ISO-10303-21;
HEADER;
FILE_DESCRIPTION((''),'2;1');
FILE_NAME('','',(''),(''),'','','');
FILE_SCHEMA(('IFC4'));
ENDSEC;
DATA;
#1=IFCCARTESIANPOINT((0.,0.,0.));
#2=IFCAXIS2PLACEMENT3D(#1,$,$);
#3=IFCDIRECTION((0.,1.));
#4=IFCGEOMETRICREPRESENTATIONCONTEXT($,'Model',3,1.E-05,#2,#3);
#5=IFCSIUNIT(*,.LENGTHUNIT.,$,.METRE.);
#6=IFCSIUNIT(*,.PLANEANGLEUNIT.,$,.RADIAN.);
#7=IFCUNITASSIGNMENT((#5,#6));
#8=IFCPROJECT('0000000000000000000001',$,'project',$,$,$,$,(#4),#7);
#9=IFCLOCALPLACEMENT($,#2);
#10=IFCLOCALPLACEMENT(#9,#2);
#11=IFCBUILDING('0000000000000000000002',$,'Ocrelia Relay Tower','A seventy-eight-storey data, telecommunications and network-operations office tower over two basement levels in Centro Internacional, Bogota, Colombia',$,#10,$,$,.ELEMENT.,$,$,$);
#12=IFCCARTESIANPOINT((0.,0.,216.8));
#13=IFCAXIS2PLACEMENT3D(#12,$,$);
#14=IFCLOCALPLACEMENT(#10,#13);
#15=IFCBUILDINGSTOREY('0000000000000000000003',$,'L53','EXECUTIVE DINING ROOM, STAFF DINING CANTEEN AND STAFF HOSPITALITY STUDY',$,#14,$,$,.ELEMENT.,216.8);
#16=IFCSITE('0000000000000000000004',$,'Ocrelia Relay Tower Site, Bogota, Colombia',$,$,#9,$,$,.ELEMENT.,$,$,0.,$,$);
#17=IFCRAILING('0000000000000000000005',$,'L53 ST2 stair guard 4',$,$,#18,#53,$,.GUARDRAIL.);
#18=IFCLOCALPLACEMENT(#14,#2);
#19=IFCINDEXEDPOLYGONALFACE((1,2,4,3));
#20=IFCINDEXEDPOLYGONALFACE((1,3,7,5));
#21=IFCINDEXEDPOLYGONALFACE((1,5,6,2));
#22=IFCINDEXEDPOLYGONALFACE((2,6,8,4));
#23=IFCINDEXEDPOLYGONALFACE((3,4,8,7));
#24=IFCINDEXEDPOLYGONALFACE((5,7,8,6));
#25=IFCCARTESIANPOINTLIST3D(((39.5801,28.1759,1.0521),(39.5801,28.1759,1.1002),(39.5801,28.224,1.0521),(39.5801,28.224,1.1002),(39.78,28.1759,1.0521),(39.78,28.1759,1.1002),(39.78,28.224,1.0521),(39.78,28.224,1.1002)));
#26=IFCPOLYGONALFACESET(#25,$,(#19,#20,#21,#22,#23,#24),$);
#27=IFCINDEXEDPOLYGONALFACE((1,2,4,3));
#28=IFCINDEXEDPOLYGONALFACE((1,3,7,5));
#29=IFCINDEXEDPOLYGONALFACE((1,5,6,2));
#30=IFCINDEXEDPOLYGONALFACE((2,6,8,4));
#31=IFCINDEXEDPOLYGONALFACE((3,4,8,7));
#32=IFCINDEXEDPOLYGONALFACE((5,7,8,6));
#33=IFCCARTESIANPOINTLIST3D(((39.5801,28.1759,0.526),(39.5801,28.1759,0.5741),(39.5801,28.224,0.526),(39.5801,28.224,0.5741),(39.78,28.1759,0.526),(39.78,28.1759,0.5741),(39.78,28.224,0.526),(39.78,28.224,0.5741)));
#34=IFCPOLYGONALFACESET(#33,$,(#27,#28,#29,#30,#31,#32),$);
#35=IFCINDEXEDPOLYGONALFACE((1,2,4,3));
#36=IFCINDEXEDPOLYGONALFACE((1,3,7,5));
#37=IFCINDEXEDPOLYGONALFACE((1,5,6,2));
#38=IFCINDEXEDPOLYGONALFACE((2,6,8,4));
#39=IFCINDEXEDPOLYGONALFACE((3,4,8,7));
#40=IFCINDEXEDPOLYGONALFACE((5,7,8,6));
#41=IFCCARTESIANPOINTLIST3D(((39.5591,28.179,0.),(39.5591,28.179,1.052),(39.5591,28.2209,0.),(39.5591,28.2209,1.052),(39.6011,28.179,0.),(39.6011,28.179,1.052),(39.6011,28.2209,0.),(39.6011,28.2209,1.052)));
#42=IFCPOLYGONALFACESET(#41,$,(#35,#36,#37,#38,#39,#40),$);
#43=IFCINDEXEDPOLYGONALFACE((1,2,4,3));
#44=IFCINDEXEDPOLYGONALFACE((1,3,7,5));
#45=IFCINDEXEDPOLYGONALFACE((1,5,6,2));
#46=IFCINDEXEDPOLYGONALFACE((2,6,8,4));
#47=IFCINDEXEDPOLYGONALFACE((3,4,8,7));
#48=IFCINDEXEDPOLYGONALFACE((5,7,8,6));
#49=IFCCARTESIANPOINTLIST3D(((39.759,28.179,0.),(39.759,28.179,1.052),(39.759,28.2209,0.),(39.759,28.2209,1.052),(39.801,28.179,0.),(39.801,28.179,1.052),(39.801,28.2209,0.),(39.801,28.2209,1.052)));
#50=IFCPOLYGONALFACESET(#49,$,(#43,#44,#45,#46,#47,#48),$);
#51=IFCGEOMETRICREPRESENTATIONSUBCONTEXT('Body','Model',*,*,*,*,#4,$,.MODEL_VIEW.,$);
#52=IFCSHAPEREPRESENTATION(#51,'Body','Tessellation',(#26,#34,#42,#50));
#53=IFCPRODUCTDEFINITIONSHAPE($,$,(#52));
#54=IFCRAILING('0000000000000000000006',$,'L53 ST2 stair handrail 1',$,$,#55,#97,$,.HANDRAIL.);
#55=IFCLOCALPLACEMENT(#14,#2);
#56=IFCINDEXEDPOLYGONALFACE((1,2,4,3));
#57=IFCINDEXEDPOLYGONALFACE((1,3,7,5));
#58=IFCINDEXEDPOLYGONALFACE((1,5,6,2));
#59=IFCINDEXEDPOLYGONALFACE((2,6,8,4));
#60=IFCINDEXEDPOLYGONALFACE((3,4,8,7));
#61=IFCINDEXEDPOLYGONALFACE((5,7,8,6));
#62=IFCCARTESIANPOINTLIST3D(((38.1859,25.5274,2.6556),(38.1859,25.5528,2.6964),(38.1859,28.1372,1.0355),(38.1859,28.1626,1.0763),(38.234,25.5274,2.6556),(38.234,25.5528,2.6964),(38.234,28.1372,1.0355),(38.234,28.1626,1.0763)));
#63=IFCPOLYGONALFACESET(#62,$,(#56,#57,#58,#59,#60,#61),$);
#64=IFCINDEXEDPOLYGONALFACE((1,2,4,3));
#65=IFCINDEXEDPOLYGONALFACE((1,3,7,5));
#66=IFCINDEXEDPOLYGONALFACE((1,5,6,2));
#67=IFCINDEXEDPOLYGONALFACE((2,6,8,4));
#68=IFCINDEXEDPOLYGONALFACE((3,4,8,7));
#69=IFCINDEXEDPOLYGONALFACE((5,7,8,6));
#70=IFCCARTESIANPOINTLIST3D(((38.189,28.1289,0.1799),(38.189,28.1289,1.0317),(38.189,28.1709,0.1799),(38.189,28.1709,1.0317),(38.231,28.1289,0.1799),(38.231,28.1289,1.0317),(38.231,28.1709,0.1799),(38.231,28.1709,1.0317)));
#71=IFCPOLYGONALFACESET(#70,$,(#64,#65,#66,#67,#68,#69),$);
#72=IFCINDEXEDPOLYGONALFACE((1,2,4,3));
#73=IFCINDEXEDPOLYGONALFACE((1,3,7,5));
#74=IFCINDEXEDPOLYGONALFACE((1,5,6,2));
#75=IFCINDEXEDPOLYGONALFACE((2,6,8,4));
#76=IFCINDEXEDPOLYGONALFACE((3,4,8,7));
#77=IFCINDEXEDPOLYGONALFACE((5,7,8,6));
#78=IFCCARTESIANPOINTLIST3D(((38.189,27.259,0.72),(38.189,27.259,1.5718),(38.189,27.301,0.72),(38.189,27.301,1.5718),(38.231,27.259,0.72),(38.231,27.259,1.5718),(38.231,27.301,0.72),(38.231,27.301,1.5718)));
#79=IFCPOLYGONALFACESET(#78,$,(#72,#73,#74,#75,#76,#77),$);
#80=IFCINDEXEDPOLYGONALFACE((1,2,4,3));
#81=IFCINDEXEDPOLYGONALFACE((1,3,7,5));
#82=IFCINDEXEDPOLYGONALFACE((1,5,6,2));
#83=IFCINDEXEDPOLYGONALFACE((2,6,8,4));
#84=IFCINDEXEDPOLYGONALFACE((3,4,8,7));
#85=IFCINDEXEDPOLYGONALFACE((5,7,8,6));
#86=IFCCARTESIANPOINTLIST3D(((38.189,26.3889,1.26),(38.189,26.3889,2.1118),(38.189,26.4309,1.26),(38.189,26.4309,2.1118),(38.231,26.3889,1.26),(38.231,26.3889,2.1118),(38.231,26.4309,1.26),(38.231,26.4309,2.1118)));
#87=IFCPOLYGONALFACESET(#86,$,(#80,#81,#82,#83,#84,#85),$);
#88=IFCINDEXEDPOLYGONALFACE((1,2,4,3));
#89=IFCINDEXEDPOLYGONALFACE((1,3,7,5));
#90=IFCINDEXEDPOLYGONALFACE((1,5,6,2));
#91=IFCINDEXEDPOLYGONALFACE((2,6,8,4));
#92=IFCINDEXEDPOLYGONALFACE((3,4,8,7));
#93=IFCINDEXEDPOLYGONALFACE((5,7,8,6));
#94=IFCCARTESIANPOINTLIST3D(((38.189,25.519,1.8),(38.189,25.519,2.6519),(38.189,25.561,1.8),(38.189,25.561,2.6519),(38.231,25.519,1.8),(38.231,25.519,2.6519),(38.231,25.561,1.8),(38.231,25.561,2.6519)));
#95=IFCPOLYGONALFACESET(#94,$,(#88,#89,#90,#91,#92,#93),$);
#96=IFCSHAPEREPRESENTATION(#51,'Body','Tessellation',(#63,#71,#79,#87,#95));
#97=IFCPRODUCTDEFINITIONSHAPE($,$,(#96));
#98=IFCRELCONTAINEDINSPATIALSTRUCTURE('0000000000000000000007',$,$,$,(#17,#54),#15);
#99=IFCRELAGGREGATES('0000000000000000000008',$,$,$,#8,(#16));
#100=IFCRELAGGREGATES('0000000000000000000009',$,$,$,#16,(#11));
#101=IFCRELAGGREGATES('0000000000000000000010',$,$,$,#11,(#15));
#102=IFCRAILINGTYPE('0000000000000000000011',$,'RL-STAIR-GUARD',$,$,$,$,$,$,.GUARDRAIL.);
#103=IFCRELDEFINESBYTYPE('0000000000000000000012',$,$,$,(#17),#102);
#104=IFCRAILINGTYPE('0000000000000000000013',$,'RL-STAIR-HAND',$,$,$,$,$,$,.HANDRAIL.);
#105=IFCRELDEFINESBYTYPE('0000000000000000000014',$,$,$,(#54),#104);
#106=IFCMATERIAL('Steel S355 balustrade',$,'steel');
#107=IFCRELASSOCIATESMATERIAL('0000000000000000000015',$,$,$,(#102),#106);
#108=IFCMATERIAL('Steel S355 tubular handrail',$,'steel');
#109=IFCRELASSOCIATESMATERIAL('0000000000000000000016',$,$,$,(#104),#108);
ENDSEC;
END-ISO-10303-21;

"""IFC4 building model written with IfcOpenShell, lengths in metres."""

from ifc_helpers import new_model, si_unit, direction, frame, origin, origin_2d, place, context, subcontext, project, spatial, rectangle, extrude, material, type_object, element, save


model = new_model("IFC4")

# Units and contexts
model_context = context("Model", 3, precision=1e-05, world=origin(), true_north=direction((0.0, 1.0)))
body_context = subcontext(model_context, "Body", "Model", "MODEL_VIEW")
ifc_project = project(units=[si_unit("LENGTHUNIT", "METRE"), si_unit("PLANEANGLEUNIT", "RADIAN")], contexts=[model_context])

# Site, building, storey
site_placement = place(None, origin())
site = spatial("IfcSite", under=ifc_project, at=site_placement, Name="Ocrelia Relay Tower Site, Bogota, Colombia", CompositionType="ELEMENT", RefElevation=0.0)
building_placement = place(site_placement, origin())
building = spatial("IfcBuilding", under=site, at=building_placement, Name="Ocrelia Relay Tower", Description="A seventy-eight-storey data, telecommunications and network-operations office tower over two basement levels in Centro Internacional, Bogota, Colombia", CompositionType="ELEMENT")
storey_placement = place(building_placement, frame((0.0, 0.0, 216.8)))
storey = spatial("IfcBuildingStorey", under=building, at=storey_placement, Name="L53", Description="EXECUTIVE DINING ROOM, STAFF DINING CANTEEN AND STAFF HOSPITALITY STUDY", CompositionType="ELEMENT", Elevation=216.8)

# Railings
ifc_material_1 = material(Name="Steel S355 balustrade", Category="steel")
railing_type_1 = type_object("IfcRailingType", Name="RL-STAIR-GUARD", PredefinedType="GUARDRAIL", material=ifc_material_1)
railing_1_placement = place(storey_placement, frame((39.5801, 28.2, 0.0)))
element("IfcRailing", 1, at=railing_1_placement, inside=storey, type_object=railing_type_1, Name="L53 ST2 stair guard 4", PredefinedType="GUARDRAIL", context=body_context, shape_type="SweptSolid", body=[
    extrude(rectangle(XDim=0.0481, YDim=0.0481, at=origin_2d()), frame((0.0, 0.0, 1.0762), z_axis=(1.0, 0.0, 0.0), x_axis=(0.0, 1.0, 0.0)), (0.0, 0.0, 1.0), 0.2),
    extrude(rectangle(XDim=0.0481, YDim=0.0481, at=origin_2d()), frame((0.0, 0.0, 0.55), z_axis=(1.0, 0.0, 0.0), x_axis=(0.0, 1.0, 0.0)), (0.0, 0.0, 1.0), 0.2),
    extrude(rectangle(XDim=0.042, YDim=0.042, at=origin_2d()), origin(), (0.0, 0.0, 1.0), 1.052),
    extrude(rectangle(XDim=0.042, YDim=0.042, at=origin_2d()), frame((0.2, 0.0, 0.0)), (0.0, 0.0, 1.0), 1.052),
])
ifc_material_2 = material(Name="Steel S355 tubular handrail", Category="steel")
railing_type_2 = type_object("IfcRailingType", Name="RL-STAIR-HAND", PredefinedType="HANDRAIL", material=ifc_material_2)
railing_2_placement = place(storey_placement, frame((38.21, 28.1499, 0.1799)))
element("IfcRailing", 2, at=railing_2_placement, inside=storey, type_object=railing_type_2, Name="L53 ST2 stair handrail 1", PredefinedType="HANDRAIL", context=body_context, shape_type="SweptSolid", body=[
    extrude(rectangle(XDim=0.0481, YDim=0.0481, at=origin_2d()), frame((0.0, 0.0, 0.876), z_axis=(0.0, -0.849611, 0.52741), x_axis=(1.0, 0.0, 0.0)), (0.0, 0.0, 1.0), 3.0718),
    extrude(rectangle(XDim=0.042, YDim=0.042, at=origin_2d()), origin(), (0.0, 0.0, 1.0), 0.8518),
    extrude(rectangle(XDim=0.042, YDim=0.042, at=origin_2d()), frame((0.0, -0.8699, 0.54)), (0.0, 0.0, 1.0), 0.8518),
    extrude(rectangle(XDim=0.042, YDim=0.042, at=origin_2d()), frame((0.0, -1.74, 1.0801)), (0.0, 0.0, 1.0), 0.8518),
    extrude(rectangle(XDim=0.042, YDim=0.042, at=origin_2d()), frame((0.0, -2.6099, 1.6201)), (0.0, 0.0, 1.0), 0.8518),
])

save(model, "model.ifc")
